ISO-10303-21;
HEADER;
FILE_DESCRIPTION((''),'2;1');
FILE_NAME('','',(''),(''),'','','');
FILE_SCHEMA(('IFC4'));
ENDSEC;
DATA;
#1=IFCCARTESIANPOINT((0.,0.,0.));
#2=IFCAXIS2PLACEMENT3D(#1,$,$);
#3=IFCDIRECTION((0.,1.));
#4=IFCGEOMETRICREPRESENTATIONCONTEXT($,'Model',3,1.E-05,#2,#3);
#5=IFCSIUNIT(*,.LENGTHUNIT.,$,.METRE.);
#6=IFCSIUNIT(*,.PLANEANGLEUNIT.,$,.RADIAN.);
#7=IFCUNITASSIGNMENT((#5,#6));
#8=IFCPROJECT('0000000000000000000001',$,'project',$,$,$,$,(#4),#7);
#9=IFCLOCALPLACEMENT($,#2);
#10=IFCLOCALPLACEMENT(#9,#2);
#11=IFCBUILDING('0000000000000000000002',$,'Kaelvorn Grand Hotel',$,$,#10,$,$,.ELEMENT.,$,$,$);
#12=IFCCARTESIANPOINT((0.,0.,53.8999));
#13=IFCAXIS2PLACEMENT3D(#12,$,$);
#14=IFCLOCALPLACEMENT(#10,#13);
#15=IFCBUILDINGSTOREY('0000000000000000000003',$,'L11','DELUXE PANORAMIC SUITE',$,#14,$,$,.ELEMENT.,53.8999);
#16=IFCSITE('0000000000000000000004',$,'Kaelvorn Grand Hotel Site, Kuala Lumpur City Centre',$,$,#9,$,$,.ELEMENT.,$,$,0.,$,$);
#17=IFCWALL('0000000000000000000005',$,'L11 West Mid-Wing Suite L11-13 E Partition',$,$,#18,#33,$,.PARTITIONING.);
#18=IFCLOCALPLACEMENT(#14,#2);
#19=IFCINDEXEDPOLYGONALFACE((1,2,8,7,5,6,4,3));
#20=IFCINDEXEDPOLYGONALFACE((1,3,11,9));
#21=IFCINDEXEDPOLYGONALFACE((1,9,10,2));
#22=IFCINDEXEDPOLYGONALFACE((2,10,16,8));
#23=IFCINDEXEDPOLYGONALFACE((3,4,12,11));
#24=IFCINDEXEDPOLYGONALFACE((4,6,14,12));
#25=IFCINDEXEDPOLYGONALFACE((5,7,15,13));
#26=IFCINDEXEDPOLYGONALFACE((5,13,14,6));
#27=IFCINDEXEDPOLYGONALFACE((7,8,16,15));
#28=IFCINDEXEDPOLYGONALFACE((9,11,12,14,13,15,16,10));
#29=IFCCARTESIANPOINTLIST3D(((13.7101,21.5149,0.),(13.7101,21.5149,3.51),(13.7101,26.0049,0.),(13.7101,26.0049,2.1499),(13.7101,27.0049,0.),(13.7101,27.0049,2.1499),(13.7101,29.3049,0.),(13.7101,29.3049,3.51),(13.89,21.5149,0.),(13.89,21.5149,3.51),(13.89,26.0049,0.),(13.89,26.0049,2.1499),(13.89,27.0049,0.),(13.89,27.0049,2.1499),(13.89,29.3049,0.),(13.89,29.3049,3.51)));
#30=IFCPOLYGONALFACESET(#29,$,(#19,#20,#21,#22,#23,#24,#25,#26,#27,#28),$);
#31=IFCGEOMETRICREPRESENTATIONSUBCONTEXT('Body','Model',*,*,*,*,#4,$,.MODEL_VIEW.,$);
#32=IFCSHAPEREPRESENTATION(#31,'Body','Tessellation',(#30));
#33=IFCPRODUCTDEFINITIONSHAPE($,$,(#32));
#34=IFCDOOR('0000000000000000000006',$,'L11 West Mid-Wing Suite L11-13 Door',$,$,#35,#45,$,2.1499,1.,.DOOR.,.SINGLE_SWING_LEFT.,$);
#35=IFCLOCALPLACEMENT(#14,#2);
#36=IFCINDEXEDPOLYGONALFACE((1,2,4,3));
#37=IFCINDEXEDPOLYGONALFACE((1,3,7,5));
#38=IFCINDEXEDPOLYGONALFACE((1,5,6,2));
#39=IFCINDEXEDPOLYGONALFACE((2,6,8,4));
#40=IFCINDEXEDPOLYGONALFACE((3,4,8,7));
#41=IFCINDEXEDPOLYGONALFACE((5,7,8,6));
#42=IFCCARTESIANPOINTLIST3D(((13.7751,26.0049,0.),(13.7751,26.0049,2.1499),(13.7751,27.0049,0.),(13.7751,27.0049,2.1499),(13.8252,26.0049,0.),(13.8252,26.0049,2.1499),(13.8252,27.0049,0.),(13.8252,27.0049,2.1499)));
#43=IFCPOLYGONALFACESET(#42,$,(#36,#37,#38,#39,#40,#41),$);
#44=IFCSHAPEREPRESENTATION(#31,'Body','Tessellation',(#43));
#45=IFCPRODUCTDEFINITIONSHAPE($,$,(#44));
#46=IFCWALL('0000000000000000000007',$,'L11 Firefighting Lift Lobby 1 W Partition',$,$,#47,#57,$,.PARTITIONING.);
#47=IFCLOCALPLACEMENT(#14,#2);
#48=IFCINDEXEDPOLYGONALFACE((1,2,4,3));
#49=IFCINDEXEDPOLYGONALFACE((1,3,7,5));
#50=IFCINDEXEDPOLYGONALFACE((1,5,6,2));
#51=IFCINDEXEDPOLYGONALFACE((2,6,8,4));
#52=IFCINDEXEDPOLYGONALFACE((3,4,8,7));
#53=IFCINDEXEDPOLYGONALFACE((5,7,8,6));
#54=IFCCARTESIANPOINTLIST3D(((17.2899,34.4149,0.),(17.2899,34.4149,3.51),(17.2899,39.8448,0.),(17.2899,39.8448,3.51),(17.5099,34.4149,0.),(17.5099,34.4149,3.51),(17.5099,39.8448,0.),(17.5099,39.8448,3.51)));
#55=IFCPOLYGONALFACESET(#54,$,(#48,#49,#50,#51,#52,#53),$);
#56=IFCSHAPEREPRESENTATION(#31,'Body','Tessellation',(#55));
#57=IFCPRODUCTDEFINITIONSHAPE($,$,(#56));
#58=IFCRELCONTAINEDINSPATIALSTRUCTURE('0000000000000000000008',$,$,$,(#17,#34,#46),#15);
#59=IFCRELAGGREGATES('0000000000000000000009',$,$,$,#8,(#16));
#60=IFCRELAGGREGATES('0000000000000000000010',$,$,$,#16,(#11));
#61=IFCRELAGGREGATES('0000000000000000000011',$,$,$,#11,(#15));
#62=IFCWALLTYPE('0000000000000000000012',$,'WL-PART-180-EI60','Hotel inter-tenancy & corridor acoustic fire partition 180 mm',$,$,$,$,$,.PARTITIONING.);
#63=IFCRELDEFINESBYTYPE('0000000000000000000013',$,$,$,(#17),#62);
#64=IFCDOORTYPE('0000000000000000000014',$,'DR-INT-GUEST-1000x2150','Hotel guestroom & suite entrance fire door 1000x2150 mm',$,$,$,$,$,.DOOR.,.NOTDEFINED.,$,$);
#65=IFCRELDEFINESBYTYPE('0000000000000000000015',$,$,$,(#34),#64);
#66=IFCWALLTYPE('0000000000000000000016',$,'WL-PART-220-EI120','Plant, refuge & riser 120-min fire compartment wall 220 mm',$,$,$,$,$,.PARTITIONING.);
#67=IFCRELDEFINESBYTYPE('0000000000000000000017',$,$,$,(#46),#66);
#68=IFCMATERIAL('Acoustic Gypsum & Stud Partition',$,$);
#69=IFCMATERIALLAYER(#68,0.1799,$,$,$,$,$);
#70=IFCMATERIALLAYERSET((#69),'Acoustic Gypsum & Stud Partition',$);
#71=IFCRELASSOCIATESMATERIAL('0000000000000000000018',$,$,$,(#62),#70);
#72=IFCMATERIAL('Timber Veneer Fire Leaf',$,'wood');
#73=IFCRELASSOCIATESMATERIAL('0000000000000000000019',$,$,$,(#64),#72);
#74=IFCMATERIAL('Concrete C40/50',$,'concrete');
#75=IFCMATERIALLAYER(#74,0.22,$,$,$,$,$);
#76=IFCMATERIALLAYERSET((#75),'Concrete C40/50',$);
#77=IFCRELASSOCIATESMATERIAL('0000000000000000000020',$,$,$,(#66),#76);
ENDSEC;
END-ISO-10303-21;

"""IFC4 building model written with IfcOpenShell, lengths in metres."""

from ifc_helpers import new_model, si_unit, direction, frame, frame_2d, origin, place, context, subcontext, project, spatial, rectangle, extrude, material, layer, layer_set, type_object, element, fill, save


model = new_model("IFC4")

# Units and contexts
model_context = context("Model", 3, precision=1e-05, world=origin(), true_north=direction((0.0, 1.0)))
body_context = subcontext(model_context, "Body", "Model", "MODEL_VIEW")
ifc_project = project(units=[si_unit("LENGTHUNIT", "METRE"), si_unit("PLANEANGLEUNIT", "RADIAN")], contexts=[model_context])

# Site, building, storey
site_placement = place(None, origin())
site = spatial("IfcSite", under=ifc_project, at=site_placement, Name="Kaelvorn Grand Hotel Site, Kuala Lumpur City Centre", CompositionType="ELEMENT", RefElevation=0.0)
building_placement = place(site_placement, origin())
building = spatial("IfcBuilding", under=site, at=building_placement, Name="Kaelvorn Grand Hotel", CompositionType="ELEMENT")
storey_placement = place(building_placement, frame((0.0, 0.0, 53.8999)))
storey = spatial("IfcBuildingStorey", under=building, at=storey_placement, Name="L11", Description="DELUXE PANORAMIC SUITE", CompositionType="ELEMENT", Elevation=53.8999)

# Shared definitions
ifc_material_1 = material(Name="Acoustic Gypsum & Stud Partition")
ifc_material_2 = material(Name="Timber Veneer Fire Leaf", Category="wood")

# Shared definitions
ifc_layer_1 = layer(ifc_material_1, 0.1799)
ifc_layer_set_1 = layer_set([ifc_layer_1], Name="Acoustic Gypsum & Stud Partition")
wall_type_1 = type_object("IfcWallType", Name="WL-PART-180-EI60", Description="Hotel inter-tenancy & corridor acoustic fire partition 180 mm", PredefinedType="PARTITIONING", material=ifc_layer_set_1)

# Wall, opening, door
wall_1_placement = place(storey_placement, frame((13.8, 21.5149, 0.0), z_axis=(0.0, 0.0, 1.0), x_axis=(0.0, 1.0, 0.0)))
wall_1 = element("IfcWall", 1, at=wall_1_placement, inside=storey, type_object=wall_type_1, Name="L11 West Mid-Wing Suite L11-13 E Partition", PredefinedType="PARTITIONING", context=body_context, shape_type="SweptSolid", body=[
    extrude(rectangle(XDim=7.79, YDim=0.1799, at=frame_2d((3.895, 0.0))), origin(), (0.0, 0.0, 1.0), 3.51),
])
opening_1_placement = place(wall_1_placement, frame((4.49, 0.0, 0.0)))
opening_1 = element("IfcOpeningElement", 2, at=opening_1_placement, cuts=wall_1, PredefinedType="OPENING", context=body_context, shape_type="SweptSolid", body=[
    extrude(rectangle(XDim=1.0, YDim=2.1499, at=frame_2d((0.5, 1.075))), frame((0.0, 0.1001, 0.0), z_axis=(0.0, -1.0, 0.0), x_axis=(1.0, 0.0, 0.0)), (0.0, 0.0, 1.0), 0.2),
])
door_type_1 = type_object("IfcDoorType", Name="DR-INT-GUEST-1000x2150", Description="Hotel guestroom & suite entrance fire door 1000x2150 mm", OperationType="NOTDEFINED", PredefinedType="DOOR", material=ifc_material_2)
door_1_placement = place(opening_1_placement, origin())
door_1 = element("IfcDoor", 3, at=door_1_placement, inside=storey, type_object=door_type_1, Name="L11 West Mid-Wing Suite L11-13 Door", OperationType="SINGLE_SWING_LEFT", OverallHeight=2.1499, OverallWidth=1.0, PredefinedType="DOOR", context=body_context, shape_type="SweptSolid", body=[
    extrude(rectangle(XDim=1.0, YDim=2.1499, at=frame_2d((0.5, 1.075))), frame((0.0, 0.0249, 0.0), z_axis=(0.0, -1.0, 0.0), x_axis=(1.0, 0.0, 0.0)), (0.0, 0.0, 1.0), 0.05),
])
fill(opening_1, door_1)
ifc_material_3 = material(Name="Concrete C40/50", Category="concrete")
ifc_layer_2 = layer(ifc_material_3, 0.22)
ifc_layer_set_2 = layer_set([ifc_layer_2], Name="Concrete C40/50")
wall_type_2 = type_object("IfcWallType", Name="WL-PART-220-EI120", Description="Plant, refuge & riser 120-min fire compartment wall 220 mm", PredefinedType="PARTITIONING", material=ifc_layer_set_2)

# Wall
wall_2_placement = place(storey_placement, frame((17.3999, 34.415, 0.0), z_axis=(0.0, 0.0, 1.0), x_axis=(0.0, 1.0, 0.0)))
element("IfcWall", 4, at=wall_2_placement, inside=storey, type_object=wall_type_2, Name="L11 Firefighting Lift Lobby 1 W Partition", PredefinedType="PARTITIONING", context=body_context, shape_type="SweptSolid", body=[
    extrude(rectangle(XDim=5.4299, YDim=0.22, at=frame_2d((2.7148, 0.0))), origin(), (0.0, 0.0, 1.0), 3.51),
])

save(model, "model.ifc")
